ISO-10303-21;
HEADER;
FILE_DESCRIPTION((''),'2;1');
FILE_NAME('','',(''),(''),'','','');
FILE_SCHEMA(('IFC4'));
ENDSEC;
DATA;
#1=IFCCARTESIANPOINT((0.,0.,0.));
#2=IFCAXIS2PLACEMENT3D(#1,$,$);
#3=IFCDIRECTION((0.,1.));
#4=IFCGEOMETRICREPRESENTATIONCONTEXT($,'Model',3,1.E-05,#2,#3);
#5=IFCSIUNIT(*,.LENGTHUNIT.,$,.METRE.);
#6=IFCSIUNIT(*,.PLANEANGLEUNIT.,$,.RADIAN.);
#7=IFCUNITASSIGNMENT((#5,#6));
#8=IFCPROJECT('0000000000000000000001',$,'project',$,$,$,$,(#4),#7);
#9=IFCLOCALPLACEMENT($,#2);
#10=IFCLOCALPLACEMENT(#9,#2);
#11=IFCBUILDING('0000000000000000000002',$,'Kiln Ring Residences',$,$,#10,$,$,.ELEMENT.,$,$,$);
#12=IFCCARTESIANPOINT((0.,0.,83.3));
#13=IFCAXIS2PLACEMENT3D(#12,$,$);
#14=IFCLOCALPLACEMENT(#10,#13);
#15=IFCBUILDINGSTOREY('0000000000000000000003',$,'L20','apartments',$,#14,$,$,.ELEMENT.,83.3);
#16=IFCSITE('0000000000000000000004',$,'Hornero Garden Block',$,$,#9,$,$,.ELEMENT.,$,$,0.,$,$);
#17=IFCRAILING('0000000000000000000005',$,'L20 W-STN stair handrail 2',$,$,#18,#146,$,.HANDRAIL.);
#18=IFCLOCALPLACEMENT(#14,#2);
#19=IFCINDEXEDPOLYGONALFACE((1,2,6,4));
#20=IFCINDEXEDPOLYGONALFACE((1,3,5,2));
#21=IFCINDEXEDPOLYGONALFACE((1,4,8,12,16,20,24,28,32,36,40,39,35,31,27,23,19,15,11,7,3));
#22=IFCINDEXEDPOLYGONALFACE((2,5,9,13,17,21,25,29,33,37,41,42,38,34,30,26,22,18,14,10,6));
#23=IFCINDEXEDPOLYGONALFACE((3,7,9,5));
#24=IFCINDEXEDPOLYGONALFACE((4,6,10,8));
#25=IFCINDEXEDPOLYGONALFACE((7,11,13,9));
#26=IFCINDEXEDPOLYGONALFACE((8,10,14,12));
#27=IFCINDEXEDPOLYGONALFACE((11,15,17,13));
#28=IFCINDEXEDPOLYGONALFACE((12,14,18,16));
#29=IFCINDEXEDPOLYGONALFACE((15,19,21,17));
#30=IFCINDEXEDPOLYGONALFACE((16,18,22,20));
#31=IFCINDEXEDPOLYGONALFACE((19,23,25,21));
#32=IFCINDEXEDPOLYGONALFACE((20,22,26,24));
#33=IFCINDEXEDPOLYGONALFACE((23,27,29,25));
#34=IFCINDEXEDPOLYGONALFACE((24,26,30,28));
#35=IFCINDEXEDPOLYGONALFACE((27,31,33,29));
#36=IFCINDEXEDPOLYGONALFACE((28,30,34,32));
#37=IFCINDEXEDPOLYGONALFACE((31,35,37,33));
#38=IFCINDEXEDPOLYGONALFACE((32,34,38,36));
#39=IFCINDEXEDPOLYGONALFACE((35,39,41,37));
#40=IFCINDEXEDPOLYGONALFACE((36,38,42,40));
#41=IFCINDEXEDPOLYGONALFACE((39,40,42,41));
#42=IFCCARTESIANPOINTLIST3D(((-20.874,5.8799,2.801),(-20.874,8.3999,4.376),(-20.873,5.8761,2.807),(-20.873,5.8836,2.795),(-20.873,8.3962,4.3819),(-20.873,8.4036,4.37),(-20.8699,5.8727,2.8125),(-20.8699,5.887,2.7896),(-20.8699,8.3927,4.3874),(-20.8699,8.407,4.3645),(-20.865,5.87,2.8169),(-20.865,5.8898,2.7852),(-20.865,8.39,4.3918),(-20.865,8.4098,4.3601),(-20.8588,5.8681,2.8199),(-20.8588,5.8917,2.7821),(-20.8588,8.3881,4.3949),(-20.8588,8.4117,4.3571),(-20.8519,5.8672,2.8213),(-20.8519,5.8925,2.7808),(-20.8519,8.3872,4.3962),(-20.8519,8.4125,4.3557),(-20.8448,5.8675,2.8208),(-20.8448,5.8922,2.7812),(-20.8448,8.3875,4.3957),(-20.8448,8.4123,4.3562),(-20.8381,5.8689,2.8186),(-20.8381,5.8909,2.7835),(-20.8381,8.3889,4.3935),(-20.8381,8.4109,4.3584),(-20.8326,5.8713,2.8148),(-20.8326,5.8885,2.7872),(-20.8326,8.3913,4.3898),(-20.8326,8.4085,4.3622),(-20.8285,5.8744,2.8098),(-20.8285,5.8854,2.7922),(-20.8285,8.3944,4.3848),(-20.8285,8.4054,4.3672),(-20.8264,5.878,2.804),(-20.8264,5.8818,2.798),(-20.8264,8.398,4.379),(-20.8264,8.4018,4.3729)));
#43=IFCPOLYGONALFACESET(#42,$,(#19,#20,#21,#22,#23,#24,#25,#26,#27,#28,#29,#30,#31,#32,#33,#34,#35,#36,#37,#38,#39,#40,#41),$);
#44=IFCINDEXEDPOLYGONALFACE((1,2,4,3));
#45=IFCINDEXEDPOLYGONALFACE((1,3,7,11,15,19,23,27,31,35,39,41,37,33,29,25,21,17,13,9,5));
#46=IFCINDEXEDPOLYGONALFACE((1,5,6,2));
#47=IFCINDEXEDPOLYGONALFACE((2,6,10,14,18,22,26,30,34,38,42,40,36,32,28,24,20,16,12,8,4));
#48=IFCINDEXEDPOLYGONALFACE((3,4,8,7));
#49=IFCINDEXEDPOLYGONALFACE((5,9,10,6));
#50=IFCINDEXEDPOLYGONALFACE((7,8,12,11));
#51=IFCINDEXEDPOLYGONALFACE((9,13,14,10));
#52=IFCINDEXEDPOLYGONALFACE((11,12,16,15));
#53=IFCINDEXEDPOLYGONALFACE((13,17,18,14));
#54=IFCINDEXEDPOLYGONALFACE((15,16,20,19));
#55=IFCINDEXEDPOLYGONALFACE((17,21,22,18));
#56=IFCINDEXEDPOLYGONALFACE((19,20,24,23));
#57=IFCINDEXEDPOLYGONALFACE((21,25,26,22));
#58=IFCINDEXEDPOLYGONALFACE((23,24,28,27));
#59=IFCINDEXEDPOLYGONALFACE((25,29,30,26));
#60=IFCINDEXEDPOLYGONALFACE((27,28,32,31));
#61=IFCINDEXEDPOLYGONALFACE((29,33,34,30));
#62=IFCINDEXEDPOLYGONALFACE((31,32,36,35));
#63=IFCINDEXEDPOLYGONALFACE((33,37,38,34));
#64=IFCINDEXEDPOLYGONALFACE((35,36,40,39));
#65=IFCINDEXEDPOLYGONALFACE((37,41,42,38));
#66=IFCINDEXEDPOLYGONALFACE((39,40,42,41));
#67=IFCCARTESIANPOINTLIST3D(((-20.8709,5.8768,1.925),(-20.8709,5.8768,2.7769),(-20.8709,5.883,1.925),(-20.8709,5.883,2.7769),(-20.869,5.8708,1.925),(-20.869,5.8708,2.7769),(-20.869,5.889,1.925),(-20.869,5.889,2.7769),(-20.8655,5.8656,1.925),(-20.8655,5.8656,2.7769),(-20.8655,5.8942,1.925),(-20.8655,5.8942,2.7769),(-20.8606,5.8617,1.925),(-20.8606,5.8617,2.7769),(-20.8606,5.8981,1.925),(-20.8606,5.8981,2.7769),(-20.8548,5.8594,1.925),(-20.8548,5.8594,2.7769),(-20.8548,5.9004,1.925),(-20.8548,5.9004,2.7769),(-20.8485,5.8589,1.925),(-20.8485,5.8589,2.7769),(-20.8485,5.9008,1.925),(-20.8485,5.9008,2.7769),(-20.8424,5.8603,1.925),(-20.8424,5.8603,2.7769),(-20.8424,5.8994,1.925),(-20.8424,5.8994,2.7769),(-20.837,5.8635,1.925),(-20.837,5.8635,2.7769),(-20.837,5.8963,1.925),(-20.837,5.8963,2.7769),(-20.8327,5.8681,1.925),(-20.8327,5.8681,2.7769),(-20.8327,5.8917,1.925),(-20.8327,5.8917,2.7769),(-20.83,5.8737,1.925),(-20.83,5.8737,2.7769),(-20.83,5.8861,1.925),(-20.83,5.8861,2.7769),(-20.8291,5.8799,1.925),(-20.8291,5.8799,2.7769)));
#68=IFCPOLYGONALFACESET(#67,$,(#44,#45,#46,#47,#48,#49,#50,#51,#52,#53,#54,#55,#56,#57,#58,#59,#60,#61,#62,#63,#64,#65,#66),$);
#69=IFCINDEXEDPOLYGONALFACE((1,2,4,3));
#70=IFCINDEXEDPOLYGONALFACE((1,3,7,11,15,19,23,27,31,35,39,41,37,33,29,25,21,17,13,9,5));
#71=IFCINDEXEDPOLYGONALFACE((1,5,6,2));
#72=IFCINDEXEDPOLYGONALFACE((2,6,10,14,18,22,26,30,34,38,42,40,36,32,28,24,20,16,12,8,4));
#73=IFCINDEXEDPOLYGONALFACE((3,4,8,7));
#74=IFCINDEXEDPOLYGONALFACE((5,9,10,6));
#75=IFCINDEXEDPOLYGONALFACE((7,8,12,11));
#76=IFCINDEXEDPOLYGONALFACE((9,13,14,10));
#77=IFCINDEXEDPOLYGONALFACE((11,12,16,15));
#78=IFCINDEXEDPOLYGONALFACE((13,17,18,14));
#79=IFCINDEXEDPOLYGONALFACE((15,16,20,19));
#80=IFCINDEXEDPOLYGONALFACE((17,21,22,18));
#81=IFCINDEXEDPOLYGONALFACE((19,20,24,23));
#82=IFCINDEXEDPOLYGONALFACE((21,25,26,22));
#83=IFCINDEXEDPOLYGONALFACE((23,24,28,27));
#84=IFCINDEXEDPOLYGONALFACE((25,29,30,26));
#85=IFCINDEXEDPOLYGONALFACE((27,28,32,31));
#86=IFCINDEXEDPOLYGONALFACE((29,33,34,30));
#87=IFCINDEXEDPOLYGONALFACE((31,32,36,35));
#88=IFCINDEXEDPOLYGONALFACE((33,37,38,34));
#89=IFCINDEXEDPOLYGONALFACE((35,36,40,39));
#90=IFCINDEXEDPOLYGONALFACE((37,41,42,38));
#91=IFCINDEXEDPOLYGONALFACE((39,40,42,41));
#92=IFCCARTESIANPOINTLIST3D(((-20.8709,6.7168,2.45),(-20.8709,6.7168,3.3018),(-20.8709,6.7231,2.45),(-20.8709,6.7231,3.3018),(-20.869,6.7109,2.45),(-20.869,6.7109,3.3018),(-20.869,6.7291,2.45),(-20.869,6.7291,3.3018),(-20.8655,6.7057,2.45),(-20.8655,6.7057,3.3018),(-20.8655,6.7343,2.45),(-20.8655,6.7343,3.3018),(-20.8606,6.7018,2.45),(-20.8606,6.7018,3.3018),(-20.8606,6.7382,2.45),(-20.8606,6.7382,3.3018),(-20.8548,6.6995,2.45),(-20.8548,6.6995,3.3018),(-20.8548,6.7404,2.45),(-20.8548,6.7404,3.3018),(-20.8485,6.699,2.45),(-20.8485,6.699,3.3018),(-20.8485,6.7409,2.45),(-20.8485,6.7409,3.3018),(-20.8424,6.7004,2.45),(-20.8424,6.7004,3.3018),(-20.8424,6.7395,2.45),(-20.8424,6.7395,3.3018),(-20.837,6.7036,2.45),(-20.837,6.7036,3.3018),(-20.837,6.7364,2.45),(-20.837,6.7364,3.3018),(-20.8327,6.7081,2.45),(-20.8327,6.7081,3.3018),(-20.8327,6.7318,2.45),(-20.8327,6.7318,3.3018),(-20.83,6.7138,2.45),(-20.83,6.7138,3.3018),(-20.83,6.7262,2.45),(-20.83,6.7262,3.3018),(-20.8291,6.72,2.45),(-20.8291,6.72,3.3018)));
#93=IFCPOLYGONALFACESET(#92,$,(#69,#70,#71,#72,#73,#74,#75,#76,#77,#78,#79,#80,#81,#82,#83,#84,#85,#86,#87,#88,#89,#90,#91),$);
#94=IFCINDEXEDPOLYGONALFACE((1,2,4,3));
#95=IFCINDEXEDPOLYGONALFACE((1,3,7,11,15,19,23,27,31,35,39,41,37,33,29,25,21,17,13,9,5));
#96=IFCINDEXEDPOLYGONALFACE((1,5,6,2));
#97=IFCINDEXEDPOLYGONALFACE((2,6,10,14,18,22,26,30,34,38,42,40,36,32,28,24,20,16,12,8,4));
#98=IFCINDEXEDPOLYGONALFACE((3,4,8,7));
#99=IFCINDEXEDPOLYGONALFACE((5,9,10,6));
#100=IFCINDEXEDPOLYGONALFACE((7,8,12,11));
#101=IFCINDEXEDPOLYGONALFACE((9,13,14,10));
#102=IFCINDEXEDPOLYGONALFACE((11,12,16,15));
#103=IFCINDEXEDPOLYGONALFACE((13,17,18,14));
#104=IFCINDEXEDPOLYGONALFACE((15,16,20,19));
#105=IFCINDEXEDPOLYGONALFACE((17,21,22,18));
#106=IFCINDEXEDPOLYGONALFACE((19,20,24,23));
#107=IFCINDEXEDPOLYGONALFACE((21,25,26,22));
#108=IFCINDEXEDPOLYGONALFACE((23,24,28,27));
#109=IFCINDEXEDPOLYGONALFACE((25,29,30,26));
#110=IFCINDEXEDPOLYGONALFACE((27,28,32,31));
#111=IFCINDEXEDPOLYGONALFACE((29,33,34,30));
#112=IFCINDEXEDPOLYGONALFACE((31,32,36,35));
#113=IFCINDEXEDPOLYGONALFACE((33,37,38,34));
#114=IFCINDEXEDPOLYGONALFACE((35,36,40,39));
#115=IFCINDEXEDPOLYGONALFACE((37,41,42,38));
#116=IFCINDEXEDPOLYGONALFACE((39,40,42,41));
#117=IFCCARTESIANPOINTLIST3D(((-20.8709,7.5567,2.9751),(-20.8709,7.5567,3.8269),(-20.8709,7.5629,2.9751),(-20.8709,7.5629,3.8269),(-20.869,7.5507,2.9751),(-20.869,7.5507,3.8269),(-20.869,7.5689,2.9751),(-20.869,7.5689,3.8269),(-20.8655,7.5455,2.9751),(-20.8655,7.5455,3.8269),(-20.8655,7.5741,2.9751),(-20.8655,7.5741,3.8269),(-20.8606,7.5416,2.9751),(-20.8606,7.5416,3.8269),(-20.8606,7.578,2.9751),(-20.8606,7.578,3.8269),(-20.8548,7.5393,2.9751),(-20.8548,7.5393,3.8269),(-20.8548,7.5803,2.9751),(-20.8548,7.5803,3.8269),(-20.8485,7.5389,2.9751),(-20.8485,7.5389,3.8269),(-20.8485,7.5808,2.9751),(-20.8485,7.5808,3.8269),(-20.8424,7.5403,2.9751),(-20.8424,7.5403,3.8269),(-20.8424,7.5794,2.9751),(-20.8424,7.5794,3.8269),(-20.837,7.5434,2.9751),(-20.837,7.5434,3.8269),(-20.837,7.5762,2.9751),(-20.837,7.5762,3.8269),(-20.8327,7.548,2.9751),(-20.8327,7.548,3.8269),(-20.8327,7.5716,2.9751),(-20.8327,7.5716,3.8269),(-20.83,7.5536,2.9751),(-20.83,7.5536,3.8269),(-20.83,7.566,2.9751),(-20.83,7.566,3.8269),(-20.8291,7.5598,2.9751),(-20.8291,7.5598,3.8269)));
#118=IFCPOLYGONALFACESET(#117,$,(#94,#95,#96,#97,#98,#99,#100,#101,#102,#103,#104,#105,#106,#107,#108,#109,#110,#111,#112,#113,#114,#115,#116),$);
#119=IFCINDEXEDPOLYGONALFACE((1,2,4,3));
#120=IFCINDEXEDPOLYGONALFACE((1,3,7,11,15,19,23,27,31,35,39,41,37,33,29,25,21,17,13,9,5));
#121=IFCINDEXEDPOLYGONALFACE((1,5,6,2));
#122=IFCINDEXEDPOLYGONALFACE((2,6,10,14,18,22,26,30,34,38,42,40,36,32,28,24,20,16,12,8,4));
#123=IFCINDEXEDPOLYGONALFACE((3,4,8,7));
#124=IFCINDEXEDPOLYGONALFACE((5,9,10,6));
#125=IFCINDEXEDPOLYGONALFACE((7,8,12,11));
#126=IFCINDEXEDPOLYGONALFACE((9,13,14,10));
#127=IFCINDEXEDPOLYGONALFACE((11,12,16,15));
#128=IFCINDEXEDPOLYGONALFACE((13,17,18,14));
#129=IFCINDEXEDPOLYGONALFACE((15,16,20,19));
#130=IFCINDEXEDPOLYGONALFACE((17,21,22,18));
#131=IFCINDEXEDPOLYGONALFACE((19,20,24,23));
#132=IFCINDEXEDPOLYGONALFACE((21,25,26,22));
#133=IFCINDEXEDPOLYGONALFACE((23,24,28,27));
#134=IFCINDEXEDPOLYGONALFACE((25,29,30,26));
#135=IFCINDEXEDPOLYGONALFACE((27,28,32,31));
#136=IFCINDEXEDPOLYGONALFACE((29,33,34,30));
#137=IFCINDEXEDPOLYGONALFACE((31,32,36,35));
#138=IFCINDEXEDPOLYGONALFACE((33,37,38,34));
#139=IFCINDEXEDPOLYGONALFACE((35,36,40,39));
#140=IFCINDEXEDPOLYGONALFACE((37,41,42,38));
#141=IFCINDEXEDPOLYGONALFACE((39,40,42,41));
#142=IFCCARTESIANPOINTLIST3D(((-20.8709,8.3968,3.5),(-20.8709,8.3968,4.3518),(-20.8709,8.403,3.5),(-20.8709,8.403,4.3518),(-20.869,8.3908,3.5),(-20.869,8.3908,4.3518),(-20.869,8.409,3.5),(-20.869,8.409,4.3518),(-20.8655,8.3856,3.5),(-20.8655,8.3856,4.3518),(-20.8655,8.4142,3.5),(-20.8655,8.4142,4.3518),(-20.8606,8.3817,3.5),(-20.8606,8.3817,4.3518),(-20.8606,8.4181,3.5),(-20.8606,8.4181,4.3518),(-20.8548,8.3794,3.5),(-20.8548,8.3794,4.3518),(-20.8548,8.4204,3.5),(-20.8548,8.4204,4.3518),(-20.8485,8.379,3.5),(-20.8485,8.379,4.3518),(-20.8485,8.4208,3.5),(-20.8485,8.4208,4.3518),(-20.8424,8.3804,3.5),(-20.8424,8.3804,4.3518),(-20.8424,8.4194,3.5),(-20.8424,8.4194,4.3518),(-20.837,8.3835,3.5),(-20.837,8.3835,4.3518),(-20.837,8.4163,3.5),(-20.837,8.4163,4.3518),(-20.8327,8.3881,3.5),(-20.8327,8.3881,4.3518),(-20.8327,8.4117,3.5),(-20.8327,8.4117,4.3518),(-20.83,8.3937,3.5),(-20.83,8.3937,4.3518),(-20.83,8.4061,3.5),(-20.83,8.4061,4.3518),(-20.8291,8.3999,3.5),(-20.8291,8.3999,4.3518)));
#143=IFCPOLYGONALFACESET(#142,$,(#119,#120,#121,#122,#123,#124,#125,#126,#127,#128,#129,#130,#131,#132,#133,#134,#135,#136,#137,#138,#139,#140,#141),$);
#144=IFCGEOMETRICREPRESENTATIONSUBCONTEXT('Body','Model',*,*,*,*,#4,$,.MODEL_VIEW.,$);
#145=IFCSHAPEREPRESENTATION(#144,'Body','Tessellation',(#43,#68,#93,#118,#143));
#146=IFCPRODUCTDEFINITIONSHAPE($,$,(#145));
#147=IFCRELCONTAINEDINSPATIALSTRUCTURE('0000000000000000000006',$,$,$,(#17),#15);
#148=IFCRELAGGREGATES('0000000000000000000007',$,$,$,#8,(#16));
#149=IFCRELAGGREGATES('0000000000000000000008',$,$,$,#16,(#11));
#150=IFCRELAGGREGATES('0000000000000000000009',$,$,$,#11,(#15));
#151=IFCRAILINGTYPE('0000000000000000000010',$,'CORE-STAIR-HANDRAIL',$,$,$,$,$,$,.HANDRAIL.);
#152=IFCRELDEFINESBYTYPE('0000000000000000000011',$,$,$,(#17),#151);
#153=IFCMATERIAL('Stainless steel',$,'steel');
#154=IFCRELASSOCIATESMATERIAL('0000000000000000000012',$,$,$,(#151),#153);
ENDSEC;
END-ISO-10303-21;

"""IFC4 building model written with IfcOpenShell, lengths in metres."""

from ifc_helpers import new_model, si_unit, direction, frame, origin, origin_2d, place, context, subcontext, project, spatial, circle, extrude, material, type_object, element, save


model = new_model("IFC4")

# Units and contexts
model_context = context("Model", 3, precision=1e-05, world=origin(), true_north=direction((0.0, 1.0)))
body_context = subcontext(model_context, "Body", "Model", "MODEL_VIEW")
ifc_project = project(units=[si_unit("LENGTHUNIT", "METRE"), si_unit("PLANEANGLEUNIT", "RADIAN")], contexts=[model_context])

# Site, building, storey
site_placement = place(None, origin())
site = spatial("IfcSite", under=ifc_project, at=site_placement, Name="Hornero Garden Block", CompositionType="ELEMENT", RefElevation=0.0)
building_placement = place(site_placement, origin())
building = spatial("IfcBuilding", under=site, at=building_placement, Name="Kiln Ring Residences", CompositionType="ELEMENT")
storey_placement = place(building_placement, frame((0.0, 0.0, 83.3)))
storey = spatial("IfcBuildingStorey", under=building, at=storey_placement, Name="L20", Description="apartments", CompositionType="ELEMENT", Elevation=83.3)

# Railing
ifc_material_1 = material(Name="Stainless steel", Category="steel")
railing_type_1 = type_object("IfcRailingType", Name="CORE-STAIR-HANDRAIL", PredefinedType="HANDRAIL", material=ifc_material_1)
railing_1_placement = place(storey_placement, frame((-20.8501, 5.8799, 1.925)))
element("IfcRailing", 1, at=railing_1_placement, inside=storey, type_object=railing_type_1, Name="L20 W-STN stair handrail 2", PredefinedType="HANDRAIL", context=body_context, shape_type="SweptSolid", body=[
    extrude(circle(Radius=0.0239, at=origin_2d()), frame((0.0, 0.0, 0.876), z_axis=(0.0, 0.848008, 0.529984), x_axis=(-1.0, 0.0, 0.0)), (0.0, 0.0, 1.0), 2.9717),
    extrude(circle(Radius=0.021, at=origin_2d()), origin(), (0.0, 0.0, 1.0), 0.8518),
    extrude(circle(Radius=0.021, at=origin_2d()), frame((0.0, 0.8401, 0.5249)), (0.0, 0.0, 1.0), 0.8518),
    extrude(circle(Radius=0.021, at=origin_2d()), frame((0.0, 1.6799, 1.05)), (0.0, 0.0, 1.0), 0.8518),
    extrude(circle(Radius=0.021, at=origin_2d()), frame((0.0, 2.52, 1.575)), (0.0, 0.0, 1.0), 0.8518),
])

save(model, "model.ifc")
